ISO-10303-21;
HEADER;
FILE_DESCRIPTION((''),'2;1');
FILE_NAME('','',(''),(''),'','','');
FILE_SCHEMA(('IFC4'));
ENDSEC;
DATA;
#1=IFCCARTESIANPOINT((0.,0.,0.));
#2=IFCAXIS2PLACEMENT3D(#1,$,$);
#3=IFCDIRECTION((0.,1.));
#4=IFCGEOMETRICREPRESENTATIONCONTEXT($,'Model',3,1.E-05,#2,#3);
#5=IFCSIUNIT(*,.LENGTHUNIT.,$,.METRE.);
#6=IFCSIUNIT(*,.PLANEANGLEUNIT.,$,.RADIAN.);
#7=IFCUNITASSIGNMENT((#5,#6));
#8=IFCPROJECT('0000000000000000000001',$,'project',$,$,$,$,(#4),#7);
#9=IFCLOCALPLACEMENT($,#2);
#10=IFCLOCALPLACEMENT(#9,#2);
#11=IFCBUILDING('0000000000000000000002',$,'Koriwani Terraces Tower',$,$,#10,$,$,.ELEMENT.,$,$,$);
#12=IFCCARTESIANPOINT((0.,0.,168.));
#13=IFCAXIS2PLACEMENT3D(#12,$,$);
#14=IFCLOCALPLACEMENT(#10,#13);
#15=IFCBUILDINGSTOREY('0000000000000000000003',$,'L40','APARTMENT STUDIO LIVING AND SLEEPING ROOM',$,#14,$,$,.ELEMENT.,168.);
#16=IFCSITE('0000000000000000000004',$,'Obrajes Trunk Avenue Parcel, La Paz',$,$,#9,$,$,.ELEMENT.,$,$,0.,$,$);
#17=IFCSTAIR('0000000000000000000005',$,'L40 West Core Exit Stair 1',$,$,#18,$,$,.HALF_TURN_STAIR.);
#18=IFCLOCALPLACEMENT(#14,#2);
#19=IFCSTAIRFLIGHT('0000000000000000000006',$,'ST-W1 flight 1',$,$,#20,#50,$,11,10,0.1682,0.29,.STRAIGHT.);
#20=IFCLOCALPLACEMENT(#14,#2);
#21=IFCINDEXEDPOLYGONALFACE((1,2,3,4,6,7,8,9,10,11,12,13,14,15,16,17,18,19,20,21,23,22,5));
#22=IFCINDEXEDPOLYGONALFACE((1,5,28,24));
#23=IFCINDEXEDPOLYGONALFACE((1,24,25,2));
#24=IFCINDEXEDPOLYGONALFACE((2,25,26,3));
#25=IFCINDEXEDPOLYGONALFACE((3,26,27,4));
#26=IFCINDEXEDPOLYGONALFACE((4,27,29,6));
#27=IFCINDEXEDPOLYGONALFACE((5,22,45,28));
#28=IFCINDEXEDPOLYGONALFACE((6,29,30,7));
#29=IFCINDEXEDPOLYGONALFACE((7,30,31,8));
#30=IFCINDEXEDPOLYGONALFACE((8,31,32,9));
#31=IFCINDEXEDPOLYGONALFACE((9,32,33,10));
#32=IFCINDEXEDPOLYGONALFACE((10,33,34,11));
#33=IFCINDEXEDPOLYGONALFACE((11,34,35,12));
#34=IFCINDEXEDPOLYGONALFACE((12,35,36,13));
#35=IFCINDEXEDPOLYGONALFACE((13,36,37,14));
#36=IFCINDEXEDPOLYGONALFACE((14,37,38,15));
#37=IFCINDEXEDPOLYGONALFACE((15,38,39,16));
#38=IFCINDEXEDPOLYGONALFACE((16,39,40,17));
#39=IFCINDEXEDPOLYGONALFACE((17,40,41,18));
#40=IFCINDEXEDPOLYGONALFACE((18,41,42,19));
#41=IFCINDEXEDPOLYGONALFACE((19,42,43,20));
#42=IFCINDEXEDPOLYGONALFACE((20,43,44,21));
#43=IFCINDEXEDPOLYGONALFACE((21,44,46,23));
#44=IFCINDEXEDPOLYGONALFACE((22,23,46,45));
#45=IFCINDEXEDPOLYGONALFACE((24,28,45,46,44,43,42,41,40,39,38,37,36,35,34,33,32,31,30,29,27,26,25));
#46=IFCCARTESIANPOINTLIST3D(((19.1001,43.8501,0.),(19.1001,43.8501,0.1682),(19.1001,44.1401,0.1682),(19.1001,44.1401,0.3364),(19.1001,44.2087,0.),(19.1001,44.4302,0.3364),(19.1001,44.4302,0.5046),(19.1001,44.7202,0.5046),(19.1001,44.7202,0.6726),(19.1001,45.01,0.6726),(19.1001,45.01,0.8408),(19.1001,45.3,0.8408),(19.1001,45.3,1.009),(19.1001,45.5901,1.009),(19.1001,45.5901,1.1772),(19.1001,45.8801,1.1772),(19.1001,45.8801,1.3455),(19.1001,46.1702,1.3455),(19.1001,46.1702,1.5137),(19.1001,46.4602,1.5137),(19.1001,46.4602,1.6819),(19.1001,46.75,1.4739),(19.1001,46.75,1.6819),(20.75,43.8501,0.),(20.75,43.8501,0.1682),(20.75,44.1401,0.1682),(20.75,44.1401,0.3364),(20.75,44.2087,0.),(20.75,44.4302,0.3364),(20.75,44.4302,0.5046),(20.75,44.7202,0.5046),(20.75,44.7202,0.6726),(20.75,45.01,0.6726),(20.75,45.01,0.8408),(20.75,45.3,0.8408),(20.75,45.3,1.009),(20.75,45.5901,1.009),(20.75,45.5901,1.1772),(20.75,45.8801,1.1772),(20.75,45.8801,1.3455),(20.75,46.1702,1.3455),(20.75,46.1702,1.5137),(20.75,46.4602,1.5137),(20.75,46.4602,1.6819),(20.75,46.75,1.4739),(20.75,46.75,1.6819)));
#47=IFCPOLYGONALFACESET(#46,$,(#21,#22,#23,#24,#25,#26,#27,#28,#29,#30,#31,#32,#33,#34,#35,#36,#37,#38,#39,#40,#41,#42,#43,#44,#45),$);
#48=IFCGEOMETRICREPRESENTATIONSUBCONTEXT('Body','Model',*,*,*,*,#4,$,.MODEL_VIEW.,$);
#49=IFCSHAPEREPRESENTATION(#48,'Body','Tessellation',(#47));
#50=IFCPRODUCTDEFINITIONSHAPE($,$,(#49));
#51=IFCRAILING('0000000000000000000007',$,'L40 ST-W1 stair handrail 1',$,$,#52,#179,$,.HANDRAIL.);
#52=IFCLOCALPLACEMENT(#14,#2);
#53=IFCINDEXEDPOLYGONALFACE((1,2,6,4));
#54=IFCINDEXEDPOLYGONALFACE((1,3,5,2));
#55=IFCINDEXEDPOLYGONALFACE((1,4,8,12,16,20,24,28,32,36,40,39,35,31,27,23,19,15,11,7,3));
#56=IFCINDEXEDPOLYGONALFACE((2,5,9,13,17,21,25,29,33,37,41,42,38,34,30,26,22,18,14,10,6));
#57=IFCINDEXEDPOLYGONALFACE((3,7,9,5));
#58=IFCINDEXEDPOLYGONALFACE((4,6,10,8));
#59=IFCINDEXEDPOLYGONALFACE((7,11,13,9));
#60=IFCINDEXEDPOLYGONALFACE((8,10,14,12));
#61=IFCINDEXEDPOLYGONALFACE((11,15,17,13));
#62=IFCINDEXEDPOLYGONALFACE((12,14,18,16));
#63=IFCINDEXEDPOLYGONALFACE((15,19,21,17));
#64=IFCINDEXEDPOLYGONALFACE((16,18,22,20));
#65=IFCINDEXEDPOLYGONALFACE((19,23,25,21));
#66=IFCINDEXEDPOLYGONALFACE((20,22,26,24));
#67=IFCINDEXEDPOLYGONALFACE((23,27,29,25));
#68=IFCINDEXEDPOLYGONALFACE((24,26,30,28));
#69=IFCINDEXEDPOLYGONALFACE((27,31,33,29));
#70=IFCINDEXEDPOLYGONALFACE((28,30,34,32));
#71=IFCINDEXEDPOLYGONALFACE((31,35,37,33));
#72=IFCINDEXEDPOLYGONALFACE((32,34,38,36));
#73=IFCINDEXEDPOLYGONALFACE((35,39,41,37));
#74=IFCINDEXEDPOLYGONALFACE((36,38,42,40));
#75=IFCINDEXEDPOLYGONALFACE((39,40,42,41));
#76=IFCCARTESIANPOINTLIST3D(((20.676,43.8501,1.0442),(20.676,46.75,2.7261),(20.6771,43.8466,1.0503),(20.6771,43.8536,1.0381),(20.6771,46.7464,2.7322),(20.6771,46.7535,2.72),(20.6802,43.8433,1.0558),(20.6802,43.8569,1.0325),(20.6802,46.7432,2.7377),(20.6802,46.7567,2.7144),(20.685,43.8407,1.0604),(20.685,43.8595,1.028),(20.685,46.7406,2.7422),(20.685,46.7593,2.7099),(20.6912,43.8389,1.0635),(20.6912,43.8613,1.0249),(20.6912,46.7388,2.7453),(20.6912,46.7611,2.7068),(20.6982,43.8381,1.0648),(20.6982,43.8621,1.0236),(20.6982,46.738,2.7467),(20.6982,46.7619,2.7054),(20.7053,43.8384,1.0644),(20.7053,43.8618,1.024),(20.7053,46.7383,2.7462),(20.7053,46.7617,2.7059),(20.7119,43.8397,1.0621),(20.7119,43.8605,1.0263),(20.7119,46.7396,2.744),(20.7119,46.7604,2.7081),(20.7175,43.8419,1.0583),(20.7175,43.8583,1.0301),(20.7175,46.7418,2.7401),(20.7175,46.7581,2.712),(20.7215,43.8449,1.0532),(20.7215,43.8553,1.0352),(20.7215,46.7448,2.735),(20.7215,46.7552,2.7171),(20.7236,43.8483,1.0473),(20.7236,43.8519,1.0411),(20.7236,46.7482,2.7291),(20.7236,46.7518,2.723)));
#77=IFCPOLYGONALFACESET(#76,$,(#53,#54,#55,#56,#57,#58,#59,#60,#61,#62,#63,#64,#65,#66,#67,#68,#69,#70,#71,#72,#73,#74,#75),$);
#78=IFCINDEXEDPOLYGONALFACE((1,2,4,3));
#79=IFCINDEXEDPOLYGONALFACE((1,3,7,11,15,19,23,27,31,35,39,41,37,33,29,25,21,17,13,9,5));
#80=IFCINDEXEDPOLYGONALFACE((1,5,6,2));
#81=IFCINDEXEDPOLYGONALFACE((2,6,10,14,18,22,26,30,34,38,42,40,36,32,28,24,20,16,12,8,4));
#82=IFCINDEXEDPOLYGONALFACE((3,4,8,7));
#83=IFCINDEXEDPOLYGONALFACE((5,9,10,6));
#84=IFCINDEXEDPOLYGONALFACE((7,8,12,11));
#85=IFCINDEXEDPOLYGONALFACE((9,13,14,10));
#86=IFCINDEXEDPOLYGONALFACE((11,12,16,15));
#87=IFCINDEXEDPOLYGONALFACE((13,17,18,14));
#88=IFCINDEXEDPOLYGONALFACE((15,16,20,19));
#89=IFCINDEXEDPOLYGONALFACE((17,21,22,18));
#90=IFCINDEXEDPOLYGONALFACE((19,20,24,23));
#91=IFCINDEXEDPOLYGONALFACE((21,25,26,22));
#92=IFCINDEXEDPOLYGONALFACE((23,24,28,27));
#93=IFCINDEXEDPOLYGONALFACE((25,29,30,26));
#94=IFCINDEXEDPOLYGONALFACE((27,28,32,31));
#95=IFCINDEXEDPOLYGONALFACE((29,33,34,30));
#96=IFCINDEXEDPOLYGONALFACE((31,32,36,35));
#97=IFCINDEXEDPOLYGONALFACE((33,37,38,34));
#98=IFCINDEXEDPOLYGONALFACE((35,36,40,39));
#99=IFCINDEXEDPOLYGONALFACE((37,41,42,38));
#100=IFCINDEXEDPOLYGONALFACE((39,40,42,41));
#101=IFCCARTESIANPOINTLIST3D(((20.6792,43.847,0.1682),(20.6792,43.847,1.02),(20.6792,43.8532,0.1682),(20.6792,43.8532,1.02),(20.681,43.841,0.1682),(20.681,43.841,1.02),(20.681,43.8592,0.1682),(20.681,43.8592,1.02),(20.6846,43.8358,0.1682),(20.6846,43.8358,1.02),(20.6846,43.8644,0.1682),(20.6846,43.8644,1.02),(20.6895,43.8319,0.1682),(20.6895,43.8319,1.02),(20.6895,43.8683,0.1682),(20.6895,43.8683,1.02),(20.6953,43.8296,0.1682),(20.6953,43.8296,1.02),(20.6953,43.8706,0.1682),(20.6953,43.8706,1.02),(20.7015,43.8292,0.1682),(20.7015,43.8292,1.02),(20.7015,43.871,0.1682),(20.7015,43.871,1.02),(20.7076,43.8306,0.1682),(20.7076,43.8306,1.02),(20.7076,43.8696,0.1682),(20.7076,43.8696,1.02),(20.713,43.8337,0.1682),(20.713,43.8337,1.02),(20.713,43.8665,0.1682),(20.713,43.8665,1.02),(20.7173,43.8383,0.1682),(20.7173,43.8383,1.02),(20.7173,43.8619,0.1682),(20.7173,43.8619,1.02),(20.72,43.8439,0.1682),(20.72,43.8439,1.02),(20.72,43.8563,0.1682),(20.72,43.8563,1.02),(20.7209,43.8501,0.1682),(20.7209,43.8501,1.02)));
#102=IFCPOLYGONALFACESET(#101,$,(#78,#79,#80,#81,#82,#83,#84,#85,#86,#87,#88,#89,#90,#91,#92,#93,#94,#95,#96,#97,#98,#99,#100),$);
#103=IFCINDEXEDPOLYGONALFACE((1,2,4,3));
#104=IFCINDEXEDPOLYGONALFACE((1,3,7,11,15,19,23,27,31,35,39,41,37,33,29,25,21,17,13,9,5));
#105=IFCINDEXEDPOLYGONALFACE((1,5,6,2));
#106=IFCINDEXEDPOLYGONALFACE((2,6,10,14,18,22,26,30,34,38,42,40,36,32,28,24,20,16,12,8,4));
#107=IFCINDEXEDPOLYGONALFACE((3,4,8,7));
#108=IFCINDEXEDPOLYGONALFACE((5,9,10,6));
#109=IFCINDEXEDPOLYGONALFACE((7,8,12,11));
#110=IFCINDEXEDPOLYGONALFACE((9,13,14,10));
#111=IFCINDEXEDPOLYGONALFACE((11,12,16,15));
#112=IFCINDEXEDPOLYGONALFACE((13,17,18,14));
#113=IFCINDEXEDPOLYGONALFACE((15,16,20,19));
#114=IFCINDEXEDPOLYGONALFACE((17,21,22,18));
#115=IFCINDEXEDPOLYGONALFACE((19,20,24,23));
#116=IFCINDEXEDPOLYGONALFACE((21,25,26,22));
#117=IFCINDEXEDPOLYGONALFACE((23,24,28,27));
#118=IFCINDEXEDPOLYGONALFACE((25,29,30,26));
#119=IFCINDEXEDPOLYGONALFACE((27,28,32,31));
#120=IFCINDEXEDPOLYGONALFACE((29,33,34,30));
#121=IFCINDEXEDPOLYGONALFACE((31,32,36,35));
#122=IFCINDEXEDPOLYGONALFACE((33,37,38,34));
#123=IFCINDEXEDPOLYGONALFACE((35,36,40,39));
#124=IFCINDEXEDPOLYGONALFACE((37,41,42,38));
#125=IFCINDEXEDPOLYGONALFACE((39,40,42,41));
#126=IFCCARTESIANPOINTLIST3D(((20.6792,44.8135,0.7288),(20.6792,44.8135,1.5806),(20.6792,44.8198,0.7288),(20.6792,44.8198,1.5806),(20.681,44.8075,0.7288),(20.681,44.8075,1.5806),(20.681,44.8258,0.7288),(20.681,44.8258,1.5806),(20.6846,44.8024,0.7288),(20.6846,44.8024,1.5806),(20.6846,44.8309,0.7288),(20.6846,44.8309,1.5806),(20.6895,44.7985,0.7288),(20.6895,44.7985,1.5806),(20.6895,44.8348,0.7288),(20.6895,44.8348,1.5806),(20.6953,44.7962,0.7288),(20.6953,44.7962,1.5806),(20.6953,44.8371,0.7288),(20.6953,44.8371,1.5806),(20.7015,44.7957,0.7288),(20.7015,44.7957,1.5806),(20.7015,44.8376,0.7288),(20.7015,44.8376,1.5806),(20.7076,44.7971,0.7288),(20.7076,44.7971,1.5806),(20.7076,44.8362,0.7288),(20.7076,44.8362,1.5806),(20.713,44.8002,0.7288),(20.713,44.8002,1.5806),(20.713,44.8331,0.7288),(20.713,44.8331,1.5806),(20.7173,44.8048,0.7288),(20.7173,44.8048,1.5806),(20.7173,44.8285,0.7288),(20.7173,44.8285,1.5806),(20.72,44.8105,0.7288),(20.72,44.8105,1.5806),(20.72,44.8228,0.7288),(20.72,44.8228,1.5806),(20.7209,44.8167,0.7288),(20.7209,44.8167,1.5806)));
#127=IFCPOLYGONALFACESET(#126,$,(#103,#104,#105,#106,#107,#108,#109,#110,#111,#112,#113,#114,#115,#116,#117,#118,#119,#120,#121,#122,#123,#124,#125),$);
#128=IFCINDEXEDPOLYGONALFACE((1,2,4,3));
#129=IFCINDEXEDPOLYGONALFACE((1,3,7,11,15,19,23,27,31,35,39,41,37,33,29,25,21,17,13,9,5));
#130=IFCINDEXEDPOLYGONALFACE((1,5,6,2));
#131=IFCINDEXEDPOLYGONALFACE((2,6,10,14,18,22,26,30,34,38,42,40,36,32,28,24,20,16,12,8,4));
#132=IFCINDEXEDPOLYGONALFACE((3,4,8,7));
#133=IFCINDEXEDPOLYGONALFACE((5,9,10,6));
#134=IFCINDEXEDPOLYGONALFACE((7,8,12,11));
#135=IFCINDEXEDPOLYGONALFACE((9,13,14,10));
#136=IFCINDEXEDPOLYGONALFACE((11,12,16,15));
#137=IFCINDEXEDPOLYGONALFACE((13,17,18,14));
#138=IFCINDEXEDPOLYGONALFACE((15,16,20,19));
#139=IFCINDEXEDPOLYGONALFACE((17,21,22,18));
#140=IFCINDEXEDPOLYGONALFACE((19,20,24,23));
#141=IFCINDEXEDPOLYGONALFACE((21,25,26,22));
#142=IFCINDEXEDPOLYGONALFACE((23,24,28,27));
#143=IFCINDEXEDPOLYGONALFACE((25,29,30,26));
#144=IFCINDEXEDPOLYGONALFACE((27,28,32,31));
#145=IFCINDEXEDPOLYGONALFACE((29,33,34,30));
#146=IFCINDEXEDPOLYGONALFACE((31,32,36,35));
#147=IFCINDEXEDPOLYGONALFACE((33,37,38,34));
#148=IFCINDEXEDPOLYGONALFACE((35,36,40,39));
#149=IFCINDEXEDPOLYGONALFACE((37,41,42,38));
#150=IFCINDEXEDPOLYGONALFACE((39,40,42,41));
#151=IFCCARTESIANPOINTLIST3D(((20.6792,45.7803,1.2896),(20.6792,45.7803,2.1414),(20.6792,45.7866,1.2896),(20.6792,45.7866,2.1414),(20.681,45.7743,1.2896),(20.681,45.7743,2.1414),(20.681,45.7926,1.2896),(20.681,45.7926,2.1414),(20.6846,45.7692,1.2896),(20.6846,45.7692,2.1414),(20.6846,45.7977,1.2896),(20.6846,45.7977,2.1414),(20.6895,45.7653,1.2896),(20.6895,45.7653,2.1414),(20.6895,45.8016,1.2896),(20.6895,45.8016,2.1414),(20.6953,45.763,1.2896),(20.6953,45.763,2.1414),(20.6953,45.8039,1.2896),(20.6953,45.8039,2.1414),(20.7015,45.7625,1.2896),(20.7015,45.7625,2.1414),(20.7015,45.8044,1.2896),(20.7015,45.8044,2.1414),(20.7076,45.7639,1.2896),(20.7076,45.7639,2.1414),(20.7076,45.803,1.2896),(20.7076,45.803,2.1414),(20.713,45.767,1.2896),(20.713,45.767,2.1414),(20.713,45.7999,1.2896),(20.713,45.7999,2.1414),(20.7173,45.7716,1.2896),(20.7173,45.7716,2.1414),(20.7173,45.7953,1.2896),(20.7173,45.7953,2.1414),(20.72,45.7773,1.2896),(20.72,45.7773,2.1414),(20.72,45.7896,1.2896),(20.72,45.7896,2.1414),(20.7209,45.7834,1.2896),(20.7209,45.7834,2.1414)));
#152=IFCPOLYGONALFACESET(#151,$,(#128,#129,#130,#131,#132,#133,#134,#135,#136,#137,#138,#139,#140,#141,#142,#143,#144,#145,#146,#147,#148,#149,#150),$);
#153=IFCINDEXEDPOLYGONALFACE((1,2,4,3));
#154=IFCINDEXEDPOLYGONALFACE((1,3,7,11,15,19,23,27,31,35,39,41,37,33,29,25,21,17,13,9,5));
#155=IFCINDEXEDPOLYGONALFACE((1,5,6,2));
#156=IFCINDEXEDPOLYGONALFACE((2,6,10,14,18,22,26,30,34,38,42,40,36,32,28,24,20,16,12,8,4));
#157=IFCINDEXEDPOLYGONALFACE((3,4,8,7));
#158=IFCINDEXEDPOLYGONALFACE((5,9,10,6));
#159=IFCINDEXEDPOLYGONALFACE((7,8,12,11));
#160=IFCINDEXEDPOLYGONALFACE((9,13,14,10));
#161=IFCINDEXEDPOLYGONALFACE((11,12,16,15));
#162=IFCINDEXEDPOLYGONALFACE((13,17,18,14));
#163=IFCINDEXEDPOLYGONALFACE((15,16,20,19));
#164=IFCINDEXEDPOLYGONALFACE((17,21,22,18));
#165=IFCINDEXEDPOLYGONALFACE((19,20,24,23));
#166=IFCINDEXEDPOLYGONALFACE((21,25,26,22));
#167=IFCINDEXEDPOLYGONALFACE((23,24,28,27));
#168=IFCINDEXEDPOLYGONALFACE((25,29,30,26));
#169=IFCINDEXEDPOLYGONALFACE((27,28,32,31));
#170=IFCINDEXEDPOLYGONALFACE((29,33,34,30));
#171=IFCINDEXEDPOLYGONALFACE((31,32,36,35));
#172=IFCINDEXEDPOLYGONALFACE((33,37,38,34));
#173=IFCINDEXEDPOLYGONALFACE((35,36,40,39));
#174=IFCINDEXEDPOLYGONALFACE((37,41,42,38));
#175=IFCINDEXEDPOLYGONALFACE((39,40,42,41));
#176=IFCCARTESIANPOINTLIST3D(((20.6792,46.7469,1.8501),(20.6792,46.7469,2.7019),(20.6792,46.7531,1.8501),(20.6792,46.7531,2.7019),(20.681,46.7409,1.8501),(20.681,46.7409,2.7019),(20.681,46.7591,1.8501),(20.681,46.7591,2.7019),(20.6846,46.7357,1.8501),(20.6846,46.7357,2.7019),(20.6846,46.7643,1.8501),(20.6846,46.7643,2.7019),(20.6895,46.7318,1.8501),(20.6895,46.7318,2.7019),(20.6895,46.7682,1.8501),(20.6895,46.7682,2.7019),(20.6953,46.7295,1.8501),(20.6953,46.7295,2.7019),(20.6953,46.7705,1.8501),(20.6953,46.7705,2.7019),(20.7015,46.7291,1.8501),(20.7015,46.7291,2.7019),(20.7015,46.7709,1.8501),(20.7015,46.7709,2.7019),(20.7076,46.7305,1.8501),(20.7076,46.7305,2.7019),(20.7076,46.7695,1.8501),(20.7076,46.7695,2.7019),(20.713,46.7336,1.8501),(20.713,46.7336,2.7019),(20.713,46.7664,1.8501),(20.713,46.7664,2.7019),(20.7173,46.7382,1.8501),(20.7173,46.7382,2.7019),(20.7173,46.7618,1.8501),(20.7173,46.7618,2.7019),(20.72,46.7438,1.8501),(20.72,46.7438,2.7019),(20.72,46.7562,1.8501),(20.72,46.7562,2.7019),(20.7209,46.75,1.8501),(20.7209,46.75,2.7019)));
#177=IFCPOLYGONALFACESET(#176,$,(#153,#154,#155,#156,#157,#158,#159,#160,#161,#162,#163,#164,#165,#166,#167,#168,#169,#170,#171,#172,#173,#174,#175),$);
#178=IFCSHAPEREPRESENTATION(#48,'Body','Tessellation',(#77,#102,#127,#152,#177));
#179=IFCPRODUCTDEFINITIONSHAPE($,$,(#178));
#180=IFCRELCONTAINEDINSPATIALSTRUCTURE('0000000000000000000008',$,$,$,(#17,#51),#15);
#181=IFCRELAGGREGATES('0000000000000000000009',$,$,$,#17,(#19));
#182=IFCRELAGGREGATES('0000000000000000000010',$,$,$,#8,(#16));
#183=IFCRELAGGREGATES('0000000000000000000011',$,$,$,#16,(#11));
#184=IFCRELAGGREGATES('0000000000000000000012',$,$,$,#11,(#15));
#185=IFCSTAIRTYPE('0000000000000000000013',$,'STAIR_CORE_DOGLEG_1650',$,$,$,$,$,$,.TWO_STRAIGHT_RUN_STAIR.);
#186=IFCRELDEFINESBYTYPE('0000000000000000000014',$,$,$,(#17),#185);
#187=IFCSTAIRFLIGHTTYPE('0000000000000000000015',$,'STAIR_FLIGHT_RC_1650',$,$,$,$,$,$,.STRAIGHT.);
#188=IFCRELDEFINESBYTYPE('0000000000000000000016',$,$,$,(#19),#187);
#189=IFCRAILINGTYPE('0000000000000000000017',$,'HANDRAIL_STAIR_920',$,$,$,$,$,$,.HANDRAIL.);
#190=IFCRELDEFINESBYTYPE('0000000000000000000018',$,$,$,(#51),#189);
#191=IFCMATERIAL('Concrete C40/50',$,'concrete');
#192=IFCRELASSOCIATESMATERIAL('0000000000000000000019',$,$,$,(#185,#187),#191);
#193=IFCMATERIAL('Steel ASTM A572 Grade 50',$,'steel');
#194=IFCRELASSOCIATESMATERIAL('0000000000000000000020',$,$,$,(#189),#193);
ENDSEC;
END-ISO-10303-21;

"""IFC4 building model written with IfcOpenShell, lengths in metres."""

from ifc_helpers import new_model, si_unit, direction, frame, origin, origin_2d, place, context, subcontext, project, spatial, polyline, circle, outline, extrude, material, type_object, element, aggregate, save


model = new_model("IFC4")

# Units and contexts
model_context = context("Model", 3, precision=1e-05, world=origin(), true_north=direction((0.0, 1.0)))
body_context = subcontext(model_context, "Body", "Model", "MODEL_VIEW")
ifc_project = project(units=[si_unit("LENGTHUNIT", "METRE"), si_unit("PLANEANGLEUNIT", "RADIAN")], contexts=[model_context])

# Site, building, storey
site_placement = place(None, origin())
site = spatial("IfcSite", under=ifc_project, at=site_placement, Name="Obrajes Trunk Avenue Parcel, La Paz", CompositionType="ELEMENT", RefElevation=0.0)
building_placement = place(site_placement, origin())
building = spatial("IfcBuilding", under=site, at=building_placement, Name="Koriwani Terraces Tower", CompositionType="ELEMENT")
storey_placement = place(building_placement, frame((0.0, 0.0, 168.0)))
storey = spatial("IfcBuildingStorey", under=building, at=storey_placement, Name="L40", Description="APARTMENT STUDIO LIVING AND SLEEPING ROOM", CompositionType="ELEMENT", Elevation=168.0)

# Shared definitions
ifc_material_1 = material(Name="Steel ASTM A572 Grade 50", Category="steel")

# Shared definitions
ifc_material_2 = material(Name="Concrete C40/50", Category="concrete")

# Stair, stair flight
stair_type = type_object("IfcStairType", Name="STAIR_CORE_DOGLEG_1650", PredefinedType="TWO_STRAIGHT_RUN_STAIR", material=ifc_material_2)
stair_placement = place(storey_placement, origin())
stair = element("IfcStair", 1, at=stair_placement, inside=storey, type_object=stair_type, Name="L40 West Core Exit Stair 1", PredefinedType="HALF_TURN_STAIR")
stair_flight_type = type_object("IfcStairFlightType", Name="STAIR_FLIGHT_RC_1650", PredefinedType="STRAIGHT", material=ifc_material_2)
stair_flight_placement = place(storey_placement, frame((19.925, 43.8501, 0.0), z_axis=(0.0, 0.0, 1.0), x_axis=(0.0, 1.0, 0.0)))
stair_flight = element("IfcStairFlight", 2, at=stair_flight_placement, type_object=stair_flight_type, Name="ST-W1 flight 1", NumberOfRisers=11, NumberOfTreads=10, PredefinedType="STRAIGHT", RiserHeight=0.1682, TreadLength=0.29, context=body_context, shape_type="SweptSolid", body=[
    extrude(outline(polyline([(0.0, 0.0), (0.0, 0.1682), (0.29, 0.1682), (0.29, 0.3364), (0.5801, 0.3364), (0.5801, 0.5046), (0.8701, 0.5046), (0.8701, 0.6726), (1.1599, 0.6726), (1.1599, 0.8408), (1.45, 0.8408), (1.45, 1.009), (1.74, 1.009), (1.74, 1.1772), (2.03, 1.1772), (2.03, 1.3455), (2.3201, 1.3455), (2.3201, 1.5137), (2.6101, 1.5137), (2.6101, 1.6819), (2.8999, 1.6819), (2.8999, 1.8501), (2.8999, 1.4739), (0.3586, 0.0), (0.0, 0.0)])), frame((0.0, 0.825, 0.0), z_axis=(0.0, -1.0, 0.0), x_axis=(1.0, 0.0, 0.0)), (0.0, 0.0, 1.0), 1.6499),
])
aggregate(stair, [stair_flight])

# Railing
railing_type = type_object("IfcRailingType", Name="HANDRAIL_STAIR_920", PredefinedType="HANDRAIL", material=ifc_material_1)
railing_placement = place(storey_placement, frame((20.7, 43.8501, 0.1682)))
element("IfcRailing", 3, at=railing_placement, inside=storey, type_object=railing_type, Name="L40 ST-W1 stair handrail 1", PredefinedType="HANDRAIL", context=body_context, shape_type="SweptSolid", body=[
    extrude(circle(Radius=0.0239, at=origin_2d()), frame((0.0, 0.0, 0.876), z_axis=(0.0, 0.865039, 0.501705), x_axis=(-1.0, 0.0, 0.0)), (0.0, 0.0, 1.0), 3.3523),
    extrude(circle(Radius=0.021, at=origin_2d()), origin(), (0.0, 0.0, 1.0), 0.8518),
    extrude(circle(Radius=0.021, at=origin_2d()), frame((0.0, 0.9666, 0.5605)), (0.0, 0.0, 1.0), 0.8518),
    extrude(circle(Radius=0.021, at=origin_2d()), frame((0.0, 1.9333, 1.1213)), (0.0, 0.0, 1.0), 0.8518),
    extrude(circle(Radius=0.021, at=origin_2d()), frame((0.0, 2.8999, 1.6819)), (0.0, 0.0, 1.0), 0.8518),
])

save(model, "model.ifc")
